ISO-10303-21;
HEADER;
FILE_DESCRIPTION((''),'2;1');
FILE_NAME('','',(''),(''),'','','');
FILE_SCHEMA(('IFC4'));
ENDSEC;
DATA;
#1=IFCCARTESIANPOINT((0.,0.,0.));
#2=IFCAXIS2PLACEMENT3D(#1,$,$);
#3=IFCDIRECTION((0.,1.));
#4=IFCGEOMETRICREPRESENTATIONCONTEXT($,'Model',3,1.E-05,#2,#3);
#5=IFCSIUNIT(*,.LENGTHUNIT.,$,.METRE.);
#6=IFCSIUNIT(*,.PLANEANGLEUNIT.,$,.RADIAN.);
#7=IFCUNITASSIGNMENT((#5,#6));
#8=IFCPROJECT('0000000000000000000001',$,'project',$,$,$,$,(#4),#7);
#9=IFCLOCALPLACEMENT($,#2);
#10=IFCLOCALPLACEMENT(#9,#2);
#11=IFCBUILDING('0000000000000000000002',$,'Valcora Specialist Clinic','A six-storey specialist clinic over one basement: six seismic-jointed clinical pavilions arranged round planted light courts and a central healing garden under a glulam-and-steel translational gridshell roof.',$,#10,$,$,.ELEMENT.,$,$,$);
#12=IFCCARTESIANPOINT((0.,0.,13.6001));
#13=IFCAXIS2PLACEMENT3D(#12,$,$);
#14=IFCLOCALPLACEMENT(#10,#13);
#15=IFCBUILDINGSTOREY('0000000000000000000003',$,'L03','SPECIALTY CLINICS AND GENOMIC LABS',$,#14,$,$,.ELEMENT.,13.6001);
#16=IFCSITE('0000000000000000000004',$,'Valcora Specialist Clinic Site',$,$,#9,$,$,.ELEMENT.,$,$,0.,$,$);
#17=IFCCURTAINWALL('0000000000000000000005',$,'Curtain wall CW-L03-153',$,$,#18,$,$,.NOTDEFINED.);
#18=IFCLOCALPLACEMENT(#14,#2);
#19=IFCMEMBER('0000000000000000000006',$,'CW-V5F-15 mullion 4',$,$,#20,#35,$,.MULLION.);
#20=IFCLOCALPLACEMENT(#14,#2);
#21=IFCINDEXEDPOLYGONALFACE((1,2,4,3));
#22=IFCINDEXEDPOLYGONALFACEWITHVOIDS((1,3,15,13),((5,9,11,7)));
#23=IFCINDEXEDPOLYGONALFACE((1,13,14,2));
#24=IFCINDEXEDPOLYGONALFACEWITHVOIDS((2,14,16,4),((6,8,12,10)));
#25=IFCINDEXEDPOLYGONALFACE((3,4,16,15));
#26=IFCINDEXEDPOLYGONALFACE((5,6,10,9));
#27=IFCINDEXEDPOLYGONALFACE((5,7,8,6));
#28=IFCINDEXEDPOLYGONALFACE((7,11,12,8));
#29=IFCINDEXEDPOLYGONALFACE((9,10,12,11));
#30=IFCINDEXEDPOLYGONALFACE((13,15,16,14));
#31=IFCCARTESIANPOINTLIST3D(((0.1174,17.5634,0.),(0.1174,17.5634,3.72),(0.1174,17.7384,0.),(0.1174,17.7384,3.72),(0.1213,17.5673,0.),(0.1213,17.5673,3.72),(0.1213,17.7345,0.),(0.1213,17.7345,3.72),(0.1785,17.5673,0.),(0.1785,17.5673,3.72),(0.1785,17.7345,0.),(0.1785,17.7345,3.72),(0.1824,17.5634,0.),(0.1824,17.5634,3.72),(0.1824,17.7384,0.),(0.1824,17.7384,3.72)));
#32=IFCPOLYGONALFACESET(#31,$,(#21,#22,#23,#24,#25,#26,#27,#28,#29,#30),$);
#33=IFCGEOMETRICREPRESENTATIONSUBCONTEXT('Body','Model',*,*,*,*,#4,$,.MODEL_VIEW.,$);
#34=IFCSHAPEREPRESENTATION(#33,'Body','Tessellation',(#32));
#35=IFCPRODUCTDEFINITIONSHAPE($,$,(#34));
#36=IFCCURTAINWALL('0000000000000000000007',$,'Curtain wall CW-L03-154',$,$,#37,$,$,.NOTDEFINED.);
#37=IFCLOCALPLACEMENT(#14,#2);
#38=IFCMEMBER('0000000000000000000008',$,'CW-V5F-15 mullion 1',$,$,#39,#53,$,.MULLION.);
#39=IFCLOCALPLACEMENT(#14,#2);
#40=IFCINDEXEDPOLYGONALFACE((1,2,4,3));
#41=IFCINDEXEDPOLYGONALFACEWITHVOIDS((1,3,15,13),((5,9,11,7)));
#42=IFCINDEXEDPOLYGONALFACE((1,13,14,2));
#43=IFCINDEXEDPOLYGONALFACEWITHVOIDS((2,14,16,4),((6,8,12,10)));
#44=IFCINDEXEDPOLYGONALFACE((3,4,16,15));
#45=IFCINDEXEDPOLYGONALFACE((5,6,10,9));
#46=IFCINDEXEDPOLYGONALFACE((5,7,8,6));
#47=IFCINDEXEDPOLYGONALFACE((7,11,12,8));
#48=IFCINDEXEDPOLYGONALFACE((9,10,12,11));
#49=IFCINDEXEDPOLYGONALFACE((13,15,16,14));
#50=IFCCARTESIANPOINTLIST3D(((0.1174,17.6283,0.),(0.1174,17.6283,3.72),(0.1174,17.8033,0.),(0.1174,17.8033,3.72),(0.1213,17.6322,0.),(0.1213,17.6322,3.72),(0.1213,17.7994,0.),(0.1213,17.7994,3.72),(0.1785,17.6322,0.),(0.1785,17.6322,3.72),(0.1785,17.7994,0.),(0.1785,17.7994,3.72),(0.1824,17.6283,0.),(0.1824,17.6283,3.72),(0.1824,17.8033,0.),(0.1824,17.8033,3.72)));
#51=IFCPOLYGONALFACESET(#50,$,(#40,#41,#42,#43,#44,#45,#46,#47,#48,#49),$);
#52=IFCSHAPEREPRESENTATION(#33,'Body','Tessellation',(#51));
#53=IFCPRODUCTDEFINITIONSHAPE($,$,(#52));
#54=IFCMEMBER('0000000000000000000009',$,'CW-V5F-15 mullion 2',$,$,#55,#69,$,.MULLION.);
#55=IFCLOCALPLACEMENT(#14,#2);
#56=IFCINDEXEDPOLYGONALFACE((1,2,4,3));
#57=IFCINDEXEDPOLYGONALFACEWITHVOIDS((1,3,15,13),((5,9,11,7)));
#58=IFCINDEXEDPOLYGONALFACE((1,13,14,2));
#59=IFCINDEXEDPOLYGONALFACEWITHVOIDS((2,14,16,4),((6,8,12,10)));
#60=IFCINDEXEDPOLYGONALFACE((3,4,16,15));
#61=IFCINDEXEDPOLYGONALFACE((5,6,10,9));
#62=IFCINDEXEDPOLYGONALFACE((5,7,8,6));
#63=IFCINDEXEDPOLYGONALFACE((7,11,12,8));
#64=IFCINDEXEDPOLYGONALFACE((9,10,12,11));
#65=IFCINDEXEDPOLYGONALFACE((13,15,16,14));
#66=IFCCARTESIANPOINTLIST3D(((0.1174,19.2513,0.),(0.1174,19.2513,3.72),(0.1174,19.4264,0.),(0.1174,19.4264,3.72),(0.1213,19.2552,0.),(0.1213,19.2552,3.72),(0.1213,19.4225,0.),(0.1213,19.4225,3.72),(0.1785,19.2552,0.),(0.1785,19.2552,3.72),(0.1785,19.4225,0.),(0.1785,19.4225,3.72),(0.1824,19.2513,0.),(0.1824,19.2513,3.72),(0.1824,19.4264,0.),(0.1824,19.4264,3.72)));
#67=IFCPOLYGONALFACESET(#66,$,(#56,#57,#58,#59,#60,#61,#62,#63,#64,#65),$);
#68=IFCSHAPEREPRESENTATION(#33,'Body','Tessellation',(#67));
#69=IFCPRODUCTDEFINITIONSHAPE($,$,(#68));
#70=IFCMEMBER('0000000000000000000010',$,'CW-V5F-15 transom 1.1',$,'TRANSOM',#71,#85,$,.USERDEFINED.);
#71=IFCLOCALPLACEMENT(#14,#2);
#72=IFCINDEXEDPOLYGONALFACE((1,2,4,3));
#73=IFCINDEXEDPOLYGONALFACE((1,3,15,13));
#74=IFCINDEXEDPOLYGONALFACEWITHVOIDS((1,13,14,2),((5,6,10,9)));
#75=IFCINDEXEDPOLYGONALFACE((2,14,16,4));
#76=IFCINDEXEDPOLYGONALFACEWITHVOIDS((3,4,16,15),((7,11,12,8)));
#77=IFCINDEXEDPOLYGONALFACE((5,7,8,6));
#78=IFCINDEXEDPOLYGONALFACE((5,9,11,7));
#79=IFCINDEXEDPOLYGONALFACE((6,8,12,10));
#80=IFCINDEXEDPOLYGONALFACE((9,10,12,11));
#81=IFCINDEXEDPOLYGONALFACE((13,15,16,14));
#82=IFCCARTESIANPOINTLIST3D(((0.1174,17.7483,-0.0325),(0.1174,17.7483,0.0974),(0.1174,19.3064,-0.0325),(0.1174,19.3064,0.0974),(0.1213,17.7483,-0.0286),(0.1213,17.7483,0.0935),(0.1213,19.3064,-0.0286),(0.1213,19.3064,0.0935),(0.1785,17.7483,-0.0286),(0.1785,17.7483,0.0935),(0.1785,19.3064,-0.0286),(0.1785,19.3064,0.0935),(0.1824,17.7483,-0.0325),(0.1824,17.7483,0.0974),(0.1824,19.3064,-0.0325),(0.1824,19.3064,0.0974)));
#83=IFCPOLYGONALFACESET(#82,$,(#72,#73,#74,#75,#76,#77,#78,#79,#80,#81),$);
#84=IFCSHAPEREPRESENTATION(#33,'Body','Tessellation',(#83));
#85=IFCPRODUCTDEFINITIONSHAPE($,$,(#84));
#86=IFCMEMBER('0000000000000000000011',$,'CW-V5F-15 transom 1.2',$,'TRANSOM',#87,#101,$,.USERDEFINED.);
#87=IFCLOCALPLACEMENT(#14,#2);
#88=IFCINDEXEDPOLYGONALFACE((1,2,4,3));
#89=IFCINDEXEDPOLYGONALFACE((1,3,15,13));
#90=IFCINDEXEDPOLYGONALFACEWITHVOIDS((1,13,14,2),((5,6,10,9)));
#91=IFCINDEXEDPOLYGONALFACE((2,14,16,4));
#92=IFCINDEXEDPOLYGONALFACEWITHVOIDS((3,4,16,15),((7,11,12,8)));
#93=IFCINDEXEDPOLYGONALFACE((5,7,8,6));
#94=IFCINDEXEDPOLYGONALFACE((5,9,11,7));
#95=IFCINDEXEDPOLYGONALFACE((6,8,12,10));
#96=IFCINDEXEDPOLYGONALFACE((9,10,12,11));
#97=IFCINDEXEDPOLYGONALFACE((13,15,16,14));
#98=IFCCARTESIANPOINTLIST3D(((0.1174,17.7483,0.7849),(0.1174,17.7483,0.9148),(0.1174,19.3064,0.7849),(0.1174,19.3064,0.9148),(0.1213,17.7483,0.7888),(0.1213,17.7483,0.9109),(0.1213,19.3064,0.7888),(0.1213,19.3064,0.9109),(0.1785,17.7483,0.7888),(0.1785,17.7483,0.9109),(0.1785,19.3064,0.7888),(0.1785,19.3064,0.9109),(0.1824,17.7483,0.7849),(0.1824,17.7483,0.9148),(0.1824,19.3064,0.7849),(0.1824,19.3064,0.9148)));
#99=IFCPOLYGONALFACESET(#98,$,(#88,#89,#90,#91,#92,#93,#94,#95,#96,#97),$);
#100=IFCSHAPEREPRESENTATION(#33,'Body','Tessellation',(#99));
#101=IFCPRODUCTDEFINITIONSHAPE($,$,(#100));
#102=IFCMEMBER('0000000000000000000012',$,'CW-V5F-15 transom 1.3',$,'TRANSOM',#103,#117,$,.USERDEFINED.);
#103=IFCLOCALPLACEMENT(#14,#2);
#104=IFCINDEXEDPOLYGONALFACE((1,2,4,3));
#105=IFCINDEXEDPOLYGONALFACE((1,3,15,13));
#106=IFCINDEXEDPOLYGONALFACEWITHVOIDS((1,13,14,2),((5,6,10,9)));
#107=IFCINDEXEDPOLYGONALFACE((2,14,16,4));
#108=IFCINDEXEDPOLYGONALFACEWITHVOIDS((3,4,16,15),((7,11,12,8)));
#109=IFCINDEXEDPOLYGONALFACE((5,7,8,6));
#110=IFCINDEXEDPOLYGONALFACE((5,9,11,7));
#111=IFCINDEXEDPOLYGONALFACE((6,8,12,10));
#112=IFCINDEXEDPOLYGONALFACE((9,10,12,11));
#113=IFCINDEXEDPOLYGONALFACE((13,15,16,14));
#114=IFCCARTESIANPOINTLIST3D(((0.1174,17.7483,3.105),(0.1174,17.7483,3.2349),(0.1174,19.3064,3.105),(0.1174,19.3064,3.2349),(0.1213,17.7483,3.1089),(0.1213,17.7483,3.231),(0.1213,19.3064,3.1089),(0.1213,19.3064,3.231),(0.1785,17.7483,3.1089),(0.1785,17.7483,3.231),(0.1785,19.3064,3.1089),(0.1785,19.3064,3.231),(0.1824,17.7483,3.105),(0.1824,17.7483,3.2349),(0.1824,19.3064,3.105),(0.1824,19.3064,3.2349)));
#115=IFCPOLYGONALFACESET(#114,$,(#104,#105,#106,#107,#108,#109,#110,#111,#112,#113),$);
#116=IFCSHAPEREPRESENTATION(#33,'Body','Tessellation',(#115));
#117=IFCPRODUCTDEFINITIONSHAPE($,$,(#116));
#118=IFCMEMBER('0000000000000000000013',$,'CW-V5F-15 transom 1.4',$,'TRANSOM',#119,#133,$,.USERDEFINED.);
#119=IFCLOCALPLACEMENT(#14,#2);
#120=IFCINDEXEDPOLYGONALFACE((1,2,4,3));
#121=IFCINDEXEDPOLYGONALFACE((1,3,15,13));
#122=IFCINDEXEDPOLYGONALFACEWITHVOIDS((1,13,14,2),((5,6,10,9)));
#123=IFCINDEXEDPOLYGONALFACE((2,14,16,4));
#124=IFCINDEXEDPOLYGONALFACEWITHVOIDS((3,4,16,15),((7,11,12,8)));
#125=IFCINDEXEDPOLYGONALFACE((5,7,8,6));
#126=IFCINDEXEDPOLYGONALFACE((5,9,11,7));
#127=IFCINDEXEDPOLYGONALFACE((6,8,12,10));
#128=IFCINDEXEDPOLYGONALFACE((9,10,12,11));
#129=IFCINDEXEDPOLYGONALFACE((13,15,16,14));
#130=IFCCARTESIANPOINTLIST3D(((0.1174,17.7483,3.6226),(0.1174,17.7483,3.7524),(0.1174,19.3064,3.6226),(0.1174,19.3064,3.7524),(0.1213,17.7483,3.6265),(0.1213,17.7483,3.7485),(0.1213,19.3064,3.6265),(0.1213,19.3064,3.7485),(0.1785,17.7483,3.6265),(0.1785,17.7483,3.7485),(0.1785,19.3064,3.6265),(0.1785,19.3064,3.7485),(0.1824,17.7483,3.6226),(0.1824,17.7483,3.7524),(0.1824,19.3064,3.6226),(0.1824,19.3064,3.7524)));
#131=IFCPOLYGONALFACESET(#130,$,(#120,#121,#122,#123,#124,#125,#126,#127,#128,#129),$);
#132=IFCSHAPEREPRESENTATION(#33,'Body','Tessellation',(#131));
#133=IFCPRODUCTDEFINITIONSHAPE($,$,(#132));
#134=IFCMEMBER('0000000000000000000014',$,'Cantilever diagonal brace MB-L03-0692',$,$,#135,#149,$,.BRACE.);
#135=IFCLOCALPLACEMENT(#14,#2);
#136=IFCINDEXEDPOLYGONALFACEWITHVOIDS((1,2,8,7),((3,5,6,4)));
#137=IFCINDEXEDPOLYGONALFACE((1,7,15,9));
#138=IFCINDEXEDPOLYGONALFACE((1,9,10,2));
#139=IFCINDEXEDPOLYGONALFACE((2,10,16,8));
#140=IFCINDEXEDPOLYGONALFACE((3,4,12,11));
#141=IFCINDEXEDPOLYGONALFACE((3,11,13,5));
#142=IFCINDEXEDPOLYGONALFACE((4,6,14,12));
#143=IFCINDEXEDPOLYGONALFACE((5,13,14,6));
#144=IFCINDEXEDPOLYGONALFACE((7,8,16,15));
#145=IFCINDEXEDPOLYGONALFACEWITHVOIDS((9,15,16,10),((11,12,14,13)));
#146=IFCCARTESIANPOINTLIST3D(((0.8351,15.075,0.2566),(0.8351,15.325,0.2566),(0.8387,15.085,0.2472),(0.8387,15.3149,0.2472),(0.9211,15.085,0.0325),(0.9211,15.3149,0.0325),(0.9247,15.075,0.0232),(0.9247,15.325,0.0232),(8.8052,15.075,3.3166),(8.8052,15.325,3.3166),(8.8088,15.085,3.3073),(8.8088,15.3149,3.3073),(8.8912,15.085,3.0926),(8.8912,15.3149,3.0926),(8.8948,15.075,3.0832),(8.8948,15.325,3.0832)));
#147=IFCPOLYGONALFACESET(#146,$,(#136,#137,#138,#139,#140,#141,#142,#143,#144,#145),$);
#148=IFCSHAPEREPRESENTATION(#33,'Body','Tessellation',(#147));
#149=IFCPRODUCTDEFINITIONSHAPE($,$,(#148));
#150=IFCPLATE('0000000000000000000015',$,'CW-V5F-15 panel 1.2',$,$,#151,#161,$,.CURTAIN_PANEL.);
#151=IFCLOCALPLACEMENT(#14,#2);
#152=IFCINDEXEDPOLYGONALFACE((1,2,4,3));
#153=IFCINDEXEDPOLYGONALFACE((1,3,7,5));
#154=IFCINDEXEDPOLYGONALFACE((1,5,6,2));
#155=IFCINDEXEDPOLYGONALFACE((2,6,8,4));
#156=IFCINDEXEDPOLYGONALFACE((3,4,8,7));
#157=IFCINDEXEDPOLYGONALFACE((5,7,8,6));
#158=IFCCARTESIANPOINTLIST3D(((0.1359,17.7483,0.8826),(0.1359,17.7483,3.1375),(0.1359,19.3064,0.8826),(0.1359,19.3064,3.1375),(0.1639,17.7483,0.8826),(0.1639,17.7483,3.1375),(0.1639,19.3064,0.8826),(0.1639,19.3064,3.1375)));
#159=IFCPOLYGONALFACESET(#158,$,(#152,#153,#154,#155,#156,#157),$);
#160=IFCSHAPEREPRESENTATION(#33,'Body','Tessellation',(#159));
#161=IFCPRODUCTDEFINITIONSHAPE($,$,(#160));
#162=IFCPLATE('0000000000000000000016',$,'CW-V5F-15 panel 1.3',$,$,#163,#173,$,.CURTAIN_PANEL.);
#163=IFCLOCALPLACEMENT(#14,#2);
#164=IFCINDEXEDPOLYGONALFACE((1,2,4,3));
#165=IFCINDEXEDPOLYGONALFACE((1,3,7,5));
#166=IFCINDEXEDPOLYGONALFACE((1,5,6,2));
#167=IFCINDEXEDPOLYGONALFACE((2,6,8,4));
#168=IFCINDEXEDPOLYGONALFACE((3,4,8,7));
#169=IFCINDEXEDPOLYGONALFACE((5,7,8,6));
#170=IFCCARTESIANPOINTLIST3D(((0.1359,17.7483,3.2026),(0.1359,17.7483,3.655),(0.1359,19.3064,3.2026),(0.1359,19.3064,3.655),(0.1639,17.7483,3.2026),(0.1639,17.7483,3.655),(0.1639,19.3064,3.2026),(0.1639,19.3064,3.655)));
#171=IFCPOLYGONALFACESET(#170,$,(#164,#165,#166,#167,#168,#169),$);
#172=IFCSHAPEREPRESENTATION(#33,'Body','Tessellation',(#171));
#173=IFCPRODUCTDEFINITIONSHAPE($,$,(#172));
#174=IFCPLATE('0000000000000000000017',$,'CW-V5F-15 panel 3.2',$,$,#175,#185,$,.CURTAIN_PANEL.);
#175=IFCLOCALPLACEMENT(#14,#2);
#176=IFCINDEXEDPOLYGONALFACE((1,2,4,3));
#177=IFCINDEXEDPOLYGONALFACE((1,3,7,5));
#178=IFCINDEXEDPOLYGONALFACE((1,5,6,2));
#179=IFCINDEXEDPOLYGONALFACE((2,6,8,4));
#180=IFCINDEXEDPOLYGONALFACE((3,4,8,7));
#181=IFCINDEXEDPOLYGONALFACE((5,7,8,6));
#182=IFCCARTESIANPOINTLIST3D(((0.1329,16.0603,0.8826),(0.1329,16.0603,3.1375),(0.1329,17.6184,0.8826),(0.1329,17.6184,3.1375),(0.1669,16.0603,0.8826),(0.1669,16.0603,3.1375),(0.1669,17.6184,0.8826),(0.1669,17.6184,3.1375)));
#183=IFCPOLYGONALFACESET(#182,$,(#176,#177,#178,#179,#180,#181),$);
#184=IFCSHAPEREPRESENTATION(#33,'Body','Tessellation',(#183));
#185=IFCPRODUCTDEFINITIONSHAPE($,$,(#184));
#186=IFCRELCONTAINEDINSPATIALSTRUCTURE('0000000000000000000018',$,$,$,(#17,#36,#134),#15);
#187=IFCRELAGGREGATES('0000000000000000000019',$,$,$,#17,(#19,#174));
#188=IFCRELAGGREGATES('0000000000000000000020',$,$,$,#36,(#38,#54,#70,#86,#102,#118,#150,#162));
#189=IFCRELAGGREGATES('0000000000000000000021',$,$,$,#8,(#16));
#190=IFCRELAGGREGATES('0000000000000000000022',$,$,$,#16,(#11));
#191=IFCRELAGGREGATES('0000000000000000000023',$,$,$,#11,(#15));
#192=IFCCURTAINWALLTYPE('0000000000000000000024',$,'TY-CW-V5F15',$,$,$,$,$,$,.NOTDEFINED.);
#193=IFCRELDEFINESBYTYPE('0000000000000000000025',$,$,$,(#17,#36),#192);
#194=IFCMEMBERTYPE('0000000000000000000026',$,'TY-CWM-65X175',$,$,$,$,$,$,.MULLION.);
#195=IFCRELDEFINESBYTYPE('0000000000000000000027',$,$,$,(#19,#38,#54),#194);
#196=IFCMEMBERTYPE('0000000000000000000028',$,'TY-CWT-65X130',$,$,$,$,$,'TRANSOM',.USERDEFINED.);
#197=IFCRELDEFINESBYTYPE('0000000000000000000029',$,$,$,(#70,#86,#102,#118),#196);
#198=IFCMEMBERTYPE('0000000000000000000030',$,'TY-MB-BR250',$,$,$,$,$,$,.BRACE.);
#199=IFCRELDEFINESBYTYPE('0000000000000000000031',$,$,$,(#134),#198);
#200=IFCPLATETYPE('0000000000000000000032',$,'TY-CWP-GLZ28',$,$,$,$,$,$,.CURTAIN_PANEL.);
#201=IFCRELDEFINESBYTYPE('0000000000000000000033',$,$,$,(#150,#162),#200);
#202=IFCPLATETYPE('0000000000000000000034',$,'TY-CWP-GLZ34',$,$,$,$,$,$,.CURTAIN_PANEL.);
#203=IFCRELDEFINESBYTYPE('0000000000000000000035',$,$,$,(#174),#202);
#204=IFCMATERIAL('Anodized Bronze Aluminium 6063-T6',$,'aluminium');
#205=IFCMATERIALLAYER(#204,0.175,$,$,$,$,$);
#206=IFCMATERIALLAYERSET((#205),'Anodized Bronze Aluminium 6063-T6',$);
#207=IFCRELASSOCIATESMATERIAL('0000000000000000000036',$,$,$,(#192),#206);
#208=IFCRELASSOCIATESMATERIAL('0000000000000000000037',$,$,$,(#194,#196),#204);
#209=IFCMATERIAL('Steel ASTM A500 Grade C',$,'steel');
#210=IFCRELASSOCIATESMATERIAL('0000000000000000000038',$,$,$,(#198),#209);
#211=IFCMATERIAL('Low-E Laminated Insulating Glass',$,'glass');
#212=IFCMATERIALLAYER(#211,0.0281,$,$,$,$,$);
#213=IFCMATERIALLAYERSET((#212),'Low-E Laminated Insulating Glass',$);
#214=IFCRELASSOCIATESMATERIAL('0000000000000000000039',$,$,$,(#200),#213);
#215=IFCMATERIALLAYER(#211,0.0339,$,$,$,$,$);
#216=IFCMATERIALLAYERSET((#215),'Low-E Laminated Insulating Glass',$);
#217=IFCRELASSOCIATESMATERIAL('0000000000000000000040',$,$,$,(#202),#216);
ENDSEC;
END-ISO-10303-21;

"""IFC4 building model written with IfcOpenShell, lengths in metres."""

from ifc_helpers import new_model, si_unit, direction, frame, origin, origin_2d, place, context, subcontext, project, spatial, rectangle, hollow_rectangle, extrude, material, layer, layer_set, material_profile, profile_set, type_object, element, aggregate, save


model = new_model("IFC4")

# Units and contexts
model_context = context("Model", 3, precision=1e-05, world=origin(), true_north=direction((0.0, 1.0)))
body_context = subcontext(model_context, "Body", "Model", "MODEL_VIEW")
ifc_project = project(units=[si_unit("LENGTHUNIT", "METRE"), si_unit("PLANEANGLEUNIT", "RADIAN")], contexts=[model_context])

# Site, building, storey
site_placement = place(None, origin())
site = spatial("IfcSite", under=ifc_project, at=site_placement, Name="Valcora Specialist Clinic Site", CompositionType="ELEMENT", RefElevation=0.0)
building_placement = place(site_placement, origin())
building = spatial("IfcBuilding", under=site, at=building_placement, Name="Valcora Specialist Clinic", Description="A six-storey specialist clinic over one basement: six seismic-jointed clinical pavilions arranged round planted light courts and a central healing garden under a glulam-and-steel translational gridshell roof.", CompositionType="ELEMENT")
storey_placement = place(building_placement, frame((0.0, 0.0, 13.6001)))
storey = spatial("IfcBuildingStorey", under=building, at=storey_placement, Name="L03", Description="SPECIALTY CLINICS AND GENOMIC LABS", CompositionType="ELEMENT", Elevation=13.6001)

# Shared definitions
ifc_material_1 = material(Name="Steel ASTM A500 Grade C", Category="steel")

# Curtain wall, member
ifc_material_2 = material(Name="Anodized Bronze Aluminium 6063-T6", Category="aluminium")
ifc_layer_1 = layer(ifc_material_2, 0.175)
ifc_layer_set_1 = layer_set([ifc_layer_1], Name="Anodized Bronze Aluminium 6063-T6")
curtain_wall_type = type_object("IfcCurtainWallType", Name="TY-CW-V5F15", PredefinedType="NOTDEFINED", material=ifc_layer_set_1)
curtain_wall_1_placement = place(storey_placement, origin())
curtain_wall_1 = element("IfcCurtainWall", 1, at=curtain_wall_1_placement, inside=storey, type_object=curtain_wall_type, Name="Curtain wall CW-L03-153", PredefinedType="NOTDEFINED")
ifc_material_profile_1 = material_profile(ifc_material_2, hollow_rectangle(XDim=0.0649, YDim=0.175, WallThickness=0.0039, at=origin_2d()), Name="AL-MUL-65X175")
ifc_profile_set_1 = profile_set([ifc_material_profile_1], Name="Anodized Bronze Aluminium 6063-T6")
member_type_1 = type_object("IfcMemberType", Name="TY-CWM-65X175", PredefinedType="MULLION", material=ifc_profile_set_1)
member_1_placement = place(storey_placement, frame((0.1499, 17.6509, 0.0), z_axis=(0.0, 0.0, 1.0), x_axis=(-1.0, 0.0, 0.0)))
member_1 = element("IfcMember", 2, at=member_1_placement, type_object=member_type_1, Name="CW-V5F-15 mullion 4", PredefinedType="MULLION", context=body_context, shape_type="SweptSolid", body=[
    extrude(hollow_rectangle(XDim=0.0649, YDim=0.175, WallThickness=0.0039, at=origin_2d()), origin(), (0.0, 0.0, 1.0), 3.72),
])

# Curtain wall, members
curtain_wall_2_placement = place(storey_placement, origin())
curtain_wall_2 = element("IfcCurtainWall", 3, at=curtain_wall_2_placement, inside=storey, type_object=curtain_wall_type, Name="Curtain wall CW-L03-154", PredefinedType="NOTDEFINED")
member_2_placement = place(storey_placement, frame((0.1499, 17.7158, 0.0), z_axis=(0.0, 0.0, 1.0), x_axis=(-1.0, 0.0, 0.0)))
member_2 = element("IfcMember", 4, at=member_2_placement, type_object=member_type_1, Name="CW-V5F-15 mullion 1", PredefinedType="MULLION", context=body_context, shape_type="SweptSolid", body=[
    extrude(hollow_rectangle(XDim=0.0649, YDim=0.175, WallThickness=0.0039, at=origin_2d()), origin(), (0.0, 0.0, 1.0), 3.72),
])
member_3_placement = place(storey_placement, frame((0.1499, 19.3389, 0.0), z_axis=(0.0, 0.0, 1.0), x_axis=(-1.0, 0.0, 0.0)))
member_3 = element("IfcMember", 5, at=member_3_placement, type_object=member_type_1, Name="CW-V5F-15 mullion 2", PredefinedType="MULLION", context=body_context, shape_type="SweptSolid", body=[
    extrude(hollow_rectangle(XDim=0.0649, YDim=0.175, WallThickness=0.0039, at=origin_2d()), origin(), (0.0, 0.0, 1.0), 3.72),
])
ifc_material_profile_2 = material_profile(ifc_material_2, hollow_rectangle(XDim=0.0649, YDim=0.1299, WallThickness=0.0039, at=origin_2d()), Name="AL-TRN-65X130")
ifc_profile_set_2 = profile_set([ifc_material_profile_2], Name="Anodized Bronze Aluminium 6063-T6")
member_type_2 = type_object("IfcMemberType", Name="TY-CWT-65X130", ElementType="TRANSOM", PredefinedType="USERDEFINED", material=ifc_profile_set_2)
member_4_placement = place(storey_placement, frame((0.1499, 17.7483, 0.0325), z_axis=(0.0, 1.0, 0.0), x_axis=(-1.0, 0.0, 0.0)))
member_4 = element("IfcMember", 6, at=member_4_placement, type_object=member_type_2, Name="CW-V5F-15 transom 1.1", ObjectType="TRANSOM", PredefinedType="USERDEFINED", context=body_context, shape_type="SweptSolid", body=[
    extrude(hollow_rectangle(XDim=0.0649, YDim=0.1299, WallThickness=0.0039, at=origin_2d()), origin(), (0.0, 0.0, 1.0), 1.5581),
])
member_5_placement = place(storey_placement, frame((0.1499, 17.7483, 0.8499), z_axis=(0.0, 1.0, 0.0), x_axis=(-1.0, 0.0, 0.0)))
member_5 = element("IfcMember", 7, at=member_5_placement, type_object=member_type_2, Name="CW-V5F-15 transom 1.2", ObjectType="TRANSOM", PredefinedType="USERDEFINED", context=body_context, shape_type="SweptSolid", body=[
    extrude(hollow_rectangle(XDim=0.0649, YDim=0.1299, WallThickness=0.0039, at=origin_2d()), origin(), (0.0, 0.0, 1.0), 1.5581),
])
member_6_placement = place(storey_placement, frame((0.1499, 17.7483, 3.1699), z_axis=(0.0, 1.0, 0.0), x_axis=(-1.0, 0.0, 0.0)))
member_6 = element("IfcMember", 8, at=member_6_placement, type_object=member_type_2, Name="CW-V5F-15 transom 1.3", ObjectType="TRANSOM", PredefinedType="USERDEFINED", context=body_context, shape_type="SweptSolid", body=[
    extrude(hollow_rectangle(XDim=0.0649, YDim=0.1299, WallThickness=0.0039, at=origin_2d()), origin(), (0.0, 0.0, 1.0), 1.5581),
])
member_7_placement = place(storey_placement, frame((0.1499, 17.7483, 3.6875), z_axis=(0.0, 1.0, 0.0), x_axis=(-1.0, 0.0, 0.0)))
member_7 = element("IfcMember", 9, at=member_7_placement, type_object=member_type_2, Name="CW-V5F-15 transom 1.4", ObjectType="TRANSOM", PredefinedType="USERDEFINED", context=body_context, shape_type="SweptSolid", body=[
    extrude(hollow_rectangle(XDim=0.0649, YDim=0.1299, WallThickness=0.0039, at=origin_2d()), origin(), (0.0, 0.0, 1.0), 1.5581),
])

# Member
ifc_material_profile_3 = material_profile(ifc_material_1, hollow_rectangle(XDim=0.25, YDim=0.25, WallThickness=0.01, at=origin_2d()), Name="ST-RHS-250X250X10")
ifc_profile_set_3 = profile_set([ifc_material_profile_3], Name="Steel ASTM A500 Grade C")
member_type_3 = type_object("IfcMemberType", Name="TY-MB-BR250", PredefinedType="BRACE", material=ifc_profile_set_3)
member_8_placement = place(storey_placement, frame((0.8799, 15.2, 0.1399), z_axis=(0.933558, 0.0, 0.358427), x_axis=(0.0, 1.0, 0.0)))
element("IfcMember", 10, at=member_8_placement, inside=storey, type_object=member_type_3, Name="Cantilever diagonal brace MB-L03-0692", PredefinedType="BRACE", context=body_context, shape_type="SweptSolid", body=[
    extrude(hollow_rectangle(XDim=0.25, YDim=0.25, WallThickness=0.01, at=origin_2d()), origin(), (0.0, 0.0, 1.0), 8.5374),
])

# Plates
ifc_material_3 = material(Name="Low-E Laminated Insulating Glass", Category="glass")
ifc_layer_2 = layer(ifc_material_3, 0.0281)
ifc_layer_set_2 = layer_set([ifc_layer_2], Name="Low-E Laminated Insulating Glass")
plate_type_1 = type_object("IfcPlateType", Name="TY-CWP-GLZ28", PredefinedType="CURTAIN_PANEL", material=ifc_layer_set_2)
plate_1_placement = place(storey_placement, frame((0.1499, 18.5273, 0.8826), z_axis=(0.0, 0.0, 1.0), x_axis=(0.0, 1.0, 0.0)))
plate_1 = element("IfcPlate", 11, at=plate_1_placement, type_object=plate_type_1, Name="CW-V5F-15 panel 1.2", PredefinedType="CURTAIN_PANEL", context=body_context, shape_type="SweptSolid", body=[
    extrude(rectangle(XDim=1.5581, YDim=0.0281, at=origin_2d()), origin(), (0.0, 0.0, 1.0), 2.2549),
])
plate_2_placement = place(storey_placement, frame((0.1499, 18.5273, 3.2026), z_axis=(0.0, 0.0, 1.0), x_axis=(0.0, 1.0, 0.0)))
plate_2 = element("IfcPlate", 12, at=plate_2_placement, type_object=plate_type_1, Name="CW-V5F-15 panel 1.3", PredefinedType="CURTAIN_PANEL", context=body_context, shape_type="SweptSolid", body=[
    extrude(rectangle(XDim=1.5581, YDim=0.0281, at=origin_2d()), origin(), (0.0, 0.0, 1.0), 0.4524),
])
ifc_layer_3 = layer(ifc_material_3, 0.0339)
ifc_layer_set_3 = layer_set([ifc_layer_3], Name="Low-E Laminated Insulating Glass")
plate_type_2 = type_object("IfcPlateType", Name="TY-CWP-GLZ34", PredefinedType="CURTAIN_PANEL", material=ifc_layer_set_3)
plate_3_placement = place(storey_placement, frame((0.1499, 16.8394, 0.8826), z_axis=(0.0, 0.0, 1.0), x_axis=(0.0, 1.0, 0.0)))
plate_3 = element("IfcPlate", 13, at=plate_3_placement, type_object=plate_type_2, Name="CW-V5F-15 panel 3.2", PredefinedType="CURTAIN_PANEL", context=body_context, shape_type="SweptSolid", body=[
    extrude(rectangle(XDim=1.5581, YDim=0.0339, at=origin_2d()), origin(), (0.0, 0.0, 1.0), 2.2549),
])
aggregate(curtain_wall_1, [member_1, plate_3])
aggregate(curtain_wall_2, [member_2, member_3, member_4, member_5, member_6, member_7, plate_1, plate_2])

save(model, "model.ifc")
